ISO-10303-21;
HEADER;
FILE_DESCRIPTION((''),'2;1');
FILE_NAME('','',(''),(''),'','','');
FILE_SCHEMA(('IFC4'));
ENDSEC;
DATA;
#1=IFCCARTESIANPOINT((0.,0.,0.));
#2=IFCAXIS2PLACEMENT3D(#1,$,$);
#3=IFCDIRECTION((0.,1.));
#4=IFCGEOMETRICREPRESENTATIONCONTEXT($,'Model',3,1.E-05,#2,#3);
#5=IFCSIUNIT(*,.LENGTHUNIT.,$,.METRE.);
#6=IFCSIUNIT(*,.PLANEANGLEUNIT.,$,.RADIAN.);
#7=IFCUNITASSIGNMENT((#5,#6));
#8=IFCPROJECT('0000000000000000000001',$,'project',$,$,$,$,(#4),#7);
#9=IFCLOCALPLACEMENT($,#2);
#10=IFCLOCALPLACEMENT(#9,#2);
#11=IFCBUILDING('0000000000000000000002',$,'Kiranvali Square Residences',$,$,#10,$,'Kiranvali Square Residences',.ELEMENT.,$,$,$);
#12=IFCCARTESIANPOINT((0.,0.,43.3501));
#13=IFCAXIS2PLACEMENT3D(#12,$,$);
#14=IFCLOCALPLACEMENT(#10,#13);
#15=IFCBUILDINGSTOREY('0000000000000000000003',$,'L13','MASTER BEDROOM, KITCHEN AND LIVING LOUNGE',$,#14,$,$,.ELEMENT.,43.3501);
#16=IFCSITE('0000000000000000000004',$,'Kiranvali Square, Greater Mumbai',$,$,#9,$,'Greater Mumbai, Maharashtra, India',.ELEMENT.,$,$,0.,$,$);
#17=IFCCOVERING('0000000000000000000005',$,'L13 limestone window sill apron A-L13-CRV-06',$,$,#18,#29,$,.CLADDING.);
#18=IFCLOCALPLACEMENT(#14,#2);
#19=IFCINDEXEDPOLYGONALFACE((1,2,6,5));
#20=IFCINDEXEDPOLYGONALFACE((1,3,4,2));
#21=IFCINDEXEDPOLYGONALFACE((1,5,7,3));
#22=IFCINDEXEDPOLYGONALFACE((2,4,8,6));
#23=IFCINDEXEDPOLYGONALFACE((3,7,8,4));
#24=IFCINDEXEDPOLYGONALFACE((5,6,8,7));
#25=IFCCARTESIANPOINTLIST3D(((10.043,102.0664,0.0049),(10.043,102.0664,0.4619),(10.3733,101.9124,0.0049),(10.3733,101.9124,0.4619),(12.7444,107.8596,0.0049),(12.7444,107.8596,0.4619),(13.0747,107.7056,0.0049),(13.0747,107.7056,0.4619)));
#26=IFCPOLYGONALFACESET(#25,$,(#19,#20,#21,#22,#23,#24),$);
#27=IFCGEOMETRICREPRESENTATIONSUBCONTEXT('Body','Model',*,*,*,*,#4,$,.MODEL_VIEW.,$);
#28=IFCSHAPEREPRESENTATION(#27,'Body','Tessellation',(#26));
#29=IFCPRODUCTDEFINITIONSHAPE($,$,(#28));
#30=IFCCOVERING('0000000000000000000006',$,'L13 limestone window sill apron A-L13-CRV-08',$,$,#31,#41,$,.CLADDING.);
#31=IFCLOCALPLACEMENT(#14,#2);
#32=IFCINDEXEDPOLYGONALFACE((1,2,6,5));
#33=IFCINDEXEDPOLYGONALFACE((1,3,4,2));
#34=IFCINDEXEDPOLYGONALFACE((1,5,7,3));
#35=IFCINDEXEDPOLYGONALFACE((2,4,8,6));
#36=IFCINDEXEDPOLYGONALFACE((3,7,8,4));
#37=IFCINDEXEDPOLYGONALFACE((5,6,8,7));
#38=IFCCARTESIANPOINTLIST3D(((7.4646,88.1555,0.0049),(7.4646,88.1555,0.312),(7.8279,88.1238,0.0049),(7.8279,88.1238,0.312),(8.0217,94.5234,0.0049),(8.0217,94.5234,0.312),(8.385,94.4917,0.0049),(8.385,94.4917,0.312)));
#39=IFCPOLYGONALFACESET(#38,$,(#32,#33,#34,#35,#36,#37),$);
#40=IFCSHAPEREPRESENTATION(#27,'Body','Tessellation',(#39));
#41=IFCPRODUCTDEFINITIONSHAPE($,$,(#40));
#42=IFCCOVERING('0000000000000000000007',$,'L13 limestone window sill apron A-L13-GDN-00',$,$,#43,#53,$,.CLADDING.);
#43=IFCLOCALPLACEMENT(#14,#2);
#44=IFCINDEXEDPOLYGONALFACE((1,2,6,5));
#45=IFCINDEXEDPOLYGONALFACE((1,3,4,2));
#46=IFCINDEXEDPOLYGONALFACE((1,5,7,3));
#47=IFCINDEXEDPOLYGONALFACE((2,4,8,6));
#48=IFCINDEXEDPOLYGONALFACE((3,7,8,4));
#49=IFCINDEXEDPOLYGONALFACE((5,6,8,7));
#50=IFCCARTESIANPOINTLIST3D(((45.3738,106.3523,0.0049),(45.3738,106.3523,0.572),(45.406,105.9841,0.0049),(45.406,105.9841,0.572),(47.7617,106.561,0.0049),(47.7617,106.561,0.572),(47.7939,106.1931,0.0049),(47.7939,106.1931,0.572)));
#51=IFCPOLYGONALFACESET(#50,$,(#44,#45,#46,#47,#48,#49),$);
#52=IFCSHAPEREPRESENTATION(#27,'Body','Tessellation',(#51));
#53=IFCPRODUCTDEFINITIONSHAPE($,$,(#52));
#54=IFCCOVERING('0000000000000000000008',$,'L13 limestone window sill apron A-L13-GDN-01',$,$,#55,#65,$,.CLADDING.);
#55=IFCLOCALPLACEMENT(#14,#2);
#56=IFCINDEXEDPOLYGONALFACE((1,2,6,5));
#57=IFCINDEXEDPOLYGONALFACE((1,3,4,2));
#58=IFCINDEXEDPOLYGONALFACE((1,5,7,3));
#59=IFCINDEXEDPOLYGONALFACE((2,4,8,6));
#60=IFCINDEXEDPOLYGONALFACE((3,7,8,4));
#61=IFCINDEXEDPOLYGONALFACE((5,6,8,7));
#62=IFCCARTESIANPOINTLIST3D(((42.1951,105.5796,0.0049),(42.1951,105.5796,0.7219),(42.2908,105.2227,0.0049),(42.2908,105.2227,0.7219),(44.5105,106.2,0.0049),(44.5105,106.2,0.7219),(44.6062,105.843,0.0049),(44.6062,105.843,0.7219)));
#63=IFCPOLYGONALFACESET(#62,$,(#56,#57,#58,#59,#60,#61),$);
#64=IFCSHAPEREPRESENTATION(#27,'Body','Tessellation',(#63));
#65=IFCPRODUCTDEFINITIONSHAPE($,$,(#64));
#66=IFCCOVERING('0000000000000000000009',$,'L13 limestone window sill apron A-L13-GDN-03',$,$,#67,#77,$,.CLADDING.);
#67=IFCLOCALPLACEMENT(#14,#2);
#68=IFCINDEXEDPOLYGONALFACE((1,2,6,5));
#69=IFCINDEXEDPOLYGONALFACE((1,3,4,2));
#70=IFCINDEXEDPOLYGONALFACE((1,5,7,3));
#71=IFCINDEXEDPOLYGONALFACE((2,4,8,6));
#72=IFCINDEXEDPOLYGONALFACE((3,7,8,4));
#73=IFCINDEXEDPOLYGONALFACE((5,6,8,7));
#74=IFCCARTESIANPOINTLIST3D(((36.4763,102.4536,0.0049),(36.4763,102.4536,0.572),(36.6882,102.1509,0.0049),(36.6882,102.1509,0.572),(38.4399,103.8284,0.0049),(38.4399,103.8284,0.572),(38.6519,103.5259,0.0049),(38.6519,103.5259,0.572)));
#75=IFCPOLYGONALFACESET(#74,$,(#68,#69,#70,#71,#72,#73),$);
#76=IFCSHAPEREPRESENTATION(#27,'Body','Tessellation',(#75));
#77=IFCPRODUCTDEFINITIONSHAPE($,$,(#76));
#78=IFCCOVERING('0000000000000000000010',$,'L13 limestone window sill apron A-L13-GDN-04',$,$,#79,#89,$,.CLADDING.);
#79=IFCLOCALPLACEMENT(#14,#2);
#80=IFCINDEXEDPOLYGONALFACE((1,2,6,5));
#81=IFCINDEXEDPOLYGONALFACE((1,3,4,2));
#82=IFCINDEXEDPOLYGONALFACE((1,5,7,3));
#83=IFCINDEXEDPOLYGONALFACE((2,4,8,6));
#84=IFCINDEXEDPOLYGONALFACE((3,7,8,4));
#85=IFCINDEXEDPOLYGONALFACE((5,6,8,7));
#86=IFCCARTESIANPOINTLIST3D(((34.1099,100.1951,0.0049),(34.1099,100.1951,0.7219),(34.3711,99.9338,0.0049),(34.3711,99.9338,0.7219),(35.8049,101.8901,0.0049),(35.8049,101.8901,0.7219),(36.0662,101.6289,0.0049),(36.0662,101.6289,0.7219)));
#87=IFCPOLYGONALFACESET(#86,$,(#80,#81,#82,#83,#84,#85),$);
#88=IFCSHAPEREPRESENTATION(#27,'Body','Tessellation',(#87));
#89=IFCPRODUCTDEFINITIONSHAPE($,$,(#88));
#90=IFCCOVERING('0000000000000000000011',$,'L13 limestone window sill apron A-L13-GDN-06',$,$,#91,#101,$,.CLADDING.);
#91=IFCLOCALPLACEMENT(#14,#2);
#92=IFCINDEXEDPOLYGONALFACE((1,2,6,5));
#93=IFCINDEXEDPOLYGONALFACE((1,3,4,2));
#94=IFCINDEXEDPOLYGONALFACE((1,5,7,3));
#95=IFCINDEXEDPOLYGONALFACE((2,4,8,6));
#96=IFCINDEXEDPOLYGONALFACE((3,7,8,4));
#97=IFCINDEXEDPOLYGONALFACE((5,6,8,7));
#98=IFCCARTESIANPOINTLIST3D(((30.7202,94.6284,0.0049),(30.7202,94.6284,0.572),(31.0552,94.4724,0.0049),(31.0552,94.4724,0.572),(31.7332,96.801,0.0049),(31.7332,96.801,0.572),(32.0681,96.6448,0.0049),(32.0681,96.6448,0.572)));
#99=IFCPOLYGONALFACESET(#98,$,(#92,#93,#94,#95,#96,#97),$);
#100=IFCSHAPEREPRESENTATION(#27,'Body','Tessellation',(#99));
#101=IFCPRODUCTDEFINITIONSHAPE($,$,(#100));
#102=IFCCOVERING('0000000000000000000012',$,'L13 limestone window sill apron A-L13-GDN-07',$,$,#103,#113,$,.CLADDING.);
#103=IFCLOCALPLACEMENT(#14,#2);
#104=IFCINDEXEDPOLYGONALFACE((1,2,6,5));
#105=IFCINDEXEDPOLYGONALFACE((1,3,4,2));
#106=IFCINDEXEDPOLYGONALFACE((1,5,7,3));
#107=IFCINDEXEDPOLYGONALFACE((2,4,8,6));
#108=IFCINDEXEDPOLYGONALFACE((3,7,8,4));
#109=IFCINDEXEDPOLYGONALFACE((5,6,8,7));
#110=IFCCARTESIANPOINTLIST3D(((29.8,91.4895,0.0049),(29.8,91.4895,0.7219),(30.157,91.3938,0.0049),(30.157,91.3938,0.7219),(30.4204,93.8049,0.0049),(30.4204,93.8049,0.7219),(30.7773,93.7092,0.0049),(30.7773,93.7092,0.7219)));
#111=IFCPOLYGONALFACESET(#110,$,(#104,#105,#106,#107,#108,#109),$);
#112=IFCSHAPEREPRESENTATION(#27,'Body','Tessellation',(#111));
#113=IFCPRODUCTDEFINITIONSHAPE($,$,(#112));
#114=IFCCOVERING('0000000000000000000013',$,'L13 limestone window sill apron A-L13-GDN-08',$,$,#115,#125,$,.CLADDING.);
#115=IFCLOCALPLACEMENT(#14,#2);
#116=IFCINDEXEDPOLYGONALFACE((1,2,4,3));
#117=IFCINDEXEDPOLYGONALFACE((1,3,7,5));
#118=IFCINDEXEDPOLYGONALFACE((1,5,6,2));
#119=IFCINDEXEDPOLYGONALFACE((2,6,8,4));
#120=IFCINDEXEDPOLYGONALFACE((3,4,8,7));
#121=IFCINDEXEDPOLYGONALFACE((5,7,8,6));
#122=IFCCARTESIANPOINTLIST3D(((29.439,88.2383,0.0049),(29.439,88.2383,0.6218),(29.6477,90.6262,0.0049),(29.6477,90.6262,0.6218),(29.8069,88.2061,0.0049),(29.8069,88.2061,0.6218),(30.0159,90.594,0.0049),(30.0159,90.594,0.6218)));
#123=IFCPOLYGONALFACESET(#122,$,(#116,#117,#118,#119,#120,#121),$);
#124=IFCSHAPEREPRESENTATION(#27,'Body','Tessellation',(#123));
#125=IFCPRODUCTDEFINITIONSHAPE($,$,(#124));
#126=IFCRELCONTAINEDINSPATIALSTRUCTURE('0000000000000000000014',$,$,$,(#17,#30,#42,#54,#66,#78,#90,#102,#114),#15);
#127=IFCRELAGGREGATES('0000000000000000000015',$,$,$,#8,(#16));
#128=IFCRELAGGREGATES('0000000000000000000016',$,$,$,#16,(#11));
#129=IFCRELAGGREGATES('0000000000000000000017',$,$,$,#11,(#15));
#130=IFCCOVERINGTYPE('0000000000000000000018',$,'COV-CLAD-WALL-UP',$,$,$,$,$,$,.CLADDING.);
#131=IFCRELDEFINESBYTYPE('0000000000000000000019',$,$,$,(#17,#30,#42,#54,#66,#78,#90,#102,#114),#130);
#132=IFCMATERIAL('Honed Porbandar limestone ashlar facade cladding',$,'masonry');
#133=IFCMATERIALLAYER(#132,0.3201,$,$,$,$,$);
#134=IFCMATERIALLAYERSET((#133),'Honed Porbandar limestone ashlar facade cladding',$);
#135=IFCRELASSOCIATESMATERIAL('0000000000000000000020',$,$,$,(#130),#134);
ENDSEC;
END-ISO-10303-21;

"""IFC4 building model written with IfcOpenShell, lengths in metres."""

from ifc_helpers import new_model, si_unit, direction, frame, origin, place, context, subcontext, project, spatial, polyline, outline, extrude, material, layer, layer_set, type_object, element, save


model = new_model("IFC4")

# Units and contexts
model_context = context("Model", 3, precision=1e-05, world=origin(), true_north=direction((0.0, 1.0)))
body_context = subcontext(model_context, "Body", "Model", "MODEL_VIEW")
ifc_project = project(units=[si_unit("LENGTHUNIT", "METRE"), si_unit("PLANEANGLEUNIT", "RADIAN")], contexts=[model_context])

# Site, building, storey
site_placement = place(None, origin())
site = spatial("IfcSite", under=ifc_project, at=site_placement, Name="Kiranvali Square, Greater Mumbai", LongName="Greater Mumbai, Maharashtra, India", CompositionType="ELEMENT", RefElevation=0.0)
building_placement = place(site_placement, origin())
building = spatial("IfcBuilding", under=site, at=building_placement, Name="Kiranvali Square Residences", LongName="Kiranvali Square Residences", CompositionType="ELEMENT")
storey_placement = place(building_placement, frame((0.0, 0.0, 43.3501)))
storey = spatial("IfcBuildingStorey", under=building, at=storey_placement, Name="L13", Description="MASTER BEDROOM, KITCHEN AND LIVING LOUNGE", CompositionType="ELEMENT", Elevation=43.3501)

# Coverings
ifc_material = material(Name="Honed Porbandar limestone ashlar facade cladding", Category="masonry")
ifc_layer_1 = layer(ifc_material, 0.3201)
ifc_layer_set_1 = layer_set([ifc_layer_1], Name="Honed Porbandar limestone ashlar facade cladding")
covering_type_1 = type_object("IfcCoveringType", Name="COV-CLAD-WALL-UP", PredefinedType="CLADDING", material=ifc_layer_set_1)
covering_1_placement = place(storey_placement, frame((0.0, 0.0, 0.0049)))
element("IfcCovering", 1, at=covering_1_placement, inside=storey, type_object=covering_type_1, Name="L13 limestone window sill apron A-L13-CRV-06", PredefinedType="CLADDING", context=body_context, shape_type="SweptSolid", body=[
    extrude(outline(polyline([(12.7444, 107.8596), (10.043, 102.0664), (10.3733, 101.9124), (13.0747, 107.7056), (12.7444, 107.8596)])), origin(), (0.0, 0.0, 1.0), 0.457),
])
covering_2_placement = place(storey_placement, frame((0.0, 0.0, 0.0049)))
element("IfcCovering", 2, at=covering_2_placement, inside=storey, type_object=covering_type_1, Name="L13 limestone window sill apron A-L13-CRV-08", PredefinedType="CLADDING", context=body_context, shape_type="SweptSolid", body=[
    extrude(outline(polyline([(8.0217, 94.5234), (7.4646, 88.1555), (7.8279, 88.1238), (8.385, 94.4917), (8.0217, 94.5234)])), origin(), (0.0, 0.0, 1.0), 0.3071),
])
covering_3_placement = place(storey_placement, frame((0.0, 0.0, 0.0049)))
element("IfcCovering", 3, at=covering_3_placement, inside=storey, type_object=covering_type_1, Name="L13 limestone window sill apron A-L13-GDN-00", PredefinedType="CLADDING", context=body_context, shape_type="SweptSolid", body=[
    extrude(outline(polyline([(47.7617, 106.561), (45.3738, 106.3523), (45.406, 105.9841), (47.7939, 106.1931), (47.7617, 106.561)])), origin(), (0.0, 0.0, 1.0), 0.5671),
])
covering_4_placement = place(storey_placement, frame((0.0, 0.0, 0.0049)))
element("IfcCovering", 4, at=covering_4_placement, inside=storey, type_object=covering_type_1, Name="L13 limestone window sill apron A-L13-GDN-01", PredefinedType="CLADDING", context=body_context, shape_type="SweptSolid", body=[
    extrude(outline(polyline([(44.5105, 106.2), (42.1951, 105.5796), (42.2908, 105.2227), (44.6062, 105.843), (44.5105, 106.2)])), origin(), (0.0, 0.0, 1.0), 0.717),
])
covering_5_placement = place(storey_placement, frame((0.0, 0.0, 0.0049)))
element("IfcCovering", 5, at=covering_5_placement, inside=storey, type_object=covering_type_1, Name="L13 limestone window sill apron A-L13-GDN-03", PredefinedType="CLADDING", context=body_context, shape_type="SweptSolid", body=[
    extrude(outline(polyline([(38.4399, 103.8284), (36.4763, 102.4536), (36.6882, 102.1509), (38.6519, 103.5259), (38.4399, 103.8284)])), origin(), (0.0, 0.0, 1.0), 0.5671),
])
covering_6_placement = place(storey_placement, frame((0.0, 0.0, 0.0049)))
element("IfcCovering", 6, at=covering_6_placement, inside=storey, type_object=covering_type_1, Name="L13 limestone window sill apron A-L13-GDN-04", PredefinedType="CLADDING", context=body_context, shape_type="SweptSolid", body=[
    extrude(outline(polyline([(35.8049, 101.8901), (34.1099, 100.1951), (34.3711, 99.9338), (36.0662, 101.6289), (35.8049, 101.8901)])), origin(), (0.0, 0.0, 1.0), 0.717),
])
covering_7_placement = place(storey_placement, frame((0.0, 0.0, 0.0049)))
element("IfcCovering", 7, at=covering_7_placement, inside=storey, type_object=covering_type_1, Name="L13 limestone window sill apron A-L13-GDN-06", PredefinedType="CLADDING", context=body_context, shape_type="SweptSolid", body=[
    extrude(outline(polyline([(31.7332, 96.801), (30.7202, 94.6284), (31.0552, 94.4724), (32.0681, 96.6448), (31.7332, 96.801)])), origin(), (0.0, 0.0, 1.0), 0.5671),
])
covering_8_placement = place(storey_placement, frame((0.0, 0.0, 0.0049)))
element("IfcCovering", 8, at=covering_8_placement, inside=storey, type_object=covering_type_1, Name="L13 limestone window sill apron A-L13-GDN-07", PredefinedType="CLADDING", context=body_context, shape_type="SweptSolid", body=[
    extrude(outline(polyline([(30.4204, 93.8049), (29.8, 91.4895), (30.157, 91.3938), (30.7773, 93.7092), (30.4204, 93.8049)])), origin(), (0.0, 0.0, 1.0), 0.717),
])
covering_9_placement = place(storey_placement, frame((0.0, 0.0, 0.0049)))
element("IfcCovering", 9, at=covering_9_placement, inside=storey, type_object=covering_type_1, Name="L13 limestone window sill apron A-L13-GDN-08", PredefinedType="CLADDING", context=body_context, shape_type="SweptSolid", body=[
    extrude(outline(polyline([(29.6477, 90.6262), (29.439, 88.2383), (29.8069, 88.2061), (30.0159, 90.594), (29.6477, 90.6262)])), origin(), (0.0, 0.0, 1.0), 0.6169),
])

save(model, "model.ifc")
